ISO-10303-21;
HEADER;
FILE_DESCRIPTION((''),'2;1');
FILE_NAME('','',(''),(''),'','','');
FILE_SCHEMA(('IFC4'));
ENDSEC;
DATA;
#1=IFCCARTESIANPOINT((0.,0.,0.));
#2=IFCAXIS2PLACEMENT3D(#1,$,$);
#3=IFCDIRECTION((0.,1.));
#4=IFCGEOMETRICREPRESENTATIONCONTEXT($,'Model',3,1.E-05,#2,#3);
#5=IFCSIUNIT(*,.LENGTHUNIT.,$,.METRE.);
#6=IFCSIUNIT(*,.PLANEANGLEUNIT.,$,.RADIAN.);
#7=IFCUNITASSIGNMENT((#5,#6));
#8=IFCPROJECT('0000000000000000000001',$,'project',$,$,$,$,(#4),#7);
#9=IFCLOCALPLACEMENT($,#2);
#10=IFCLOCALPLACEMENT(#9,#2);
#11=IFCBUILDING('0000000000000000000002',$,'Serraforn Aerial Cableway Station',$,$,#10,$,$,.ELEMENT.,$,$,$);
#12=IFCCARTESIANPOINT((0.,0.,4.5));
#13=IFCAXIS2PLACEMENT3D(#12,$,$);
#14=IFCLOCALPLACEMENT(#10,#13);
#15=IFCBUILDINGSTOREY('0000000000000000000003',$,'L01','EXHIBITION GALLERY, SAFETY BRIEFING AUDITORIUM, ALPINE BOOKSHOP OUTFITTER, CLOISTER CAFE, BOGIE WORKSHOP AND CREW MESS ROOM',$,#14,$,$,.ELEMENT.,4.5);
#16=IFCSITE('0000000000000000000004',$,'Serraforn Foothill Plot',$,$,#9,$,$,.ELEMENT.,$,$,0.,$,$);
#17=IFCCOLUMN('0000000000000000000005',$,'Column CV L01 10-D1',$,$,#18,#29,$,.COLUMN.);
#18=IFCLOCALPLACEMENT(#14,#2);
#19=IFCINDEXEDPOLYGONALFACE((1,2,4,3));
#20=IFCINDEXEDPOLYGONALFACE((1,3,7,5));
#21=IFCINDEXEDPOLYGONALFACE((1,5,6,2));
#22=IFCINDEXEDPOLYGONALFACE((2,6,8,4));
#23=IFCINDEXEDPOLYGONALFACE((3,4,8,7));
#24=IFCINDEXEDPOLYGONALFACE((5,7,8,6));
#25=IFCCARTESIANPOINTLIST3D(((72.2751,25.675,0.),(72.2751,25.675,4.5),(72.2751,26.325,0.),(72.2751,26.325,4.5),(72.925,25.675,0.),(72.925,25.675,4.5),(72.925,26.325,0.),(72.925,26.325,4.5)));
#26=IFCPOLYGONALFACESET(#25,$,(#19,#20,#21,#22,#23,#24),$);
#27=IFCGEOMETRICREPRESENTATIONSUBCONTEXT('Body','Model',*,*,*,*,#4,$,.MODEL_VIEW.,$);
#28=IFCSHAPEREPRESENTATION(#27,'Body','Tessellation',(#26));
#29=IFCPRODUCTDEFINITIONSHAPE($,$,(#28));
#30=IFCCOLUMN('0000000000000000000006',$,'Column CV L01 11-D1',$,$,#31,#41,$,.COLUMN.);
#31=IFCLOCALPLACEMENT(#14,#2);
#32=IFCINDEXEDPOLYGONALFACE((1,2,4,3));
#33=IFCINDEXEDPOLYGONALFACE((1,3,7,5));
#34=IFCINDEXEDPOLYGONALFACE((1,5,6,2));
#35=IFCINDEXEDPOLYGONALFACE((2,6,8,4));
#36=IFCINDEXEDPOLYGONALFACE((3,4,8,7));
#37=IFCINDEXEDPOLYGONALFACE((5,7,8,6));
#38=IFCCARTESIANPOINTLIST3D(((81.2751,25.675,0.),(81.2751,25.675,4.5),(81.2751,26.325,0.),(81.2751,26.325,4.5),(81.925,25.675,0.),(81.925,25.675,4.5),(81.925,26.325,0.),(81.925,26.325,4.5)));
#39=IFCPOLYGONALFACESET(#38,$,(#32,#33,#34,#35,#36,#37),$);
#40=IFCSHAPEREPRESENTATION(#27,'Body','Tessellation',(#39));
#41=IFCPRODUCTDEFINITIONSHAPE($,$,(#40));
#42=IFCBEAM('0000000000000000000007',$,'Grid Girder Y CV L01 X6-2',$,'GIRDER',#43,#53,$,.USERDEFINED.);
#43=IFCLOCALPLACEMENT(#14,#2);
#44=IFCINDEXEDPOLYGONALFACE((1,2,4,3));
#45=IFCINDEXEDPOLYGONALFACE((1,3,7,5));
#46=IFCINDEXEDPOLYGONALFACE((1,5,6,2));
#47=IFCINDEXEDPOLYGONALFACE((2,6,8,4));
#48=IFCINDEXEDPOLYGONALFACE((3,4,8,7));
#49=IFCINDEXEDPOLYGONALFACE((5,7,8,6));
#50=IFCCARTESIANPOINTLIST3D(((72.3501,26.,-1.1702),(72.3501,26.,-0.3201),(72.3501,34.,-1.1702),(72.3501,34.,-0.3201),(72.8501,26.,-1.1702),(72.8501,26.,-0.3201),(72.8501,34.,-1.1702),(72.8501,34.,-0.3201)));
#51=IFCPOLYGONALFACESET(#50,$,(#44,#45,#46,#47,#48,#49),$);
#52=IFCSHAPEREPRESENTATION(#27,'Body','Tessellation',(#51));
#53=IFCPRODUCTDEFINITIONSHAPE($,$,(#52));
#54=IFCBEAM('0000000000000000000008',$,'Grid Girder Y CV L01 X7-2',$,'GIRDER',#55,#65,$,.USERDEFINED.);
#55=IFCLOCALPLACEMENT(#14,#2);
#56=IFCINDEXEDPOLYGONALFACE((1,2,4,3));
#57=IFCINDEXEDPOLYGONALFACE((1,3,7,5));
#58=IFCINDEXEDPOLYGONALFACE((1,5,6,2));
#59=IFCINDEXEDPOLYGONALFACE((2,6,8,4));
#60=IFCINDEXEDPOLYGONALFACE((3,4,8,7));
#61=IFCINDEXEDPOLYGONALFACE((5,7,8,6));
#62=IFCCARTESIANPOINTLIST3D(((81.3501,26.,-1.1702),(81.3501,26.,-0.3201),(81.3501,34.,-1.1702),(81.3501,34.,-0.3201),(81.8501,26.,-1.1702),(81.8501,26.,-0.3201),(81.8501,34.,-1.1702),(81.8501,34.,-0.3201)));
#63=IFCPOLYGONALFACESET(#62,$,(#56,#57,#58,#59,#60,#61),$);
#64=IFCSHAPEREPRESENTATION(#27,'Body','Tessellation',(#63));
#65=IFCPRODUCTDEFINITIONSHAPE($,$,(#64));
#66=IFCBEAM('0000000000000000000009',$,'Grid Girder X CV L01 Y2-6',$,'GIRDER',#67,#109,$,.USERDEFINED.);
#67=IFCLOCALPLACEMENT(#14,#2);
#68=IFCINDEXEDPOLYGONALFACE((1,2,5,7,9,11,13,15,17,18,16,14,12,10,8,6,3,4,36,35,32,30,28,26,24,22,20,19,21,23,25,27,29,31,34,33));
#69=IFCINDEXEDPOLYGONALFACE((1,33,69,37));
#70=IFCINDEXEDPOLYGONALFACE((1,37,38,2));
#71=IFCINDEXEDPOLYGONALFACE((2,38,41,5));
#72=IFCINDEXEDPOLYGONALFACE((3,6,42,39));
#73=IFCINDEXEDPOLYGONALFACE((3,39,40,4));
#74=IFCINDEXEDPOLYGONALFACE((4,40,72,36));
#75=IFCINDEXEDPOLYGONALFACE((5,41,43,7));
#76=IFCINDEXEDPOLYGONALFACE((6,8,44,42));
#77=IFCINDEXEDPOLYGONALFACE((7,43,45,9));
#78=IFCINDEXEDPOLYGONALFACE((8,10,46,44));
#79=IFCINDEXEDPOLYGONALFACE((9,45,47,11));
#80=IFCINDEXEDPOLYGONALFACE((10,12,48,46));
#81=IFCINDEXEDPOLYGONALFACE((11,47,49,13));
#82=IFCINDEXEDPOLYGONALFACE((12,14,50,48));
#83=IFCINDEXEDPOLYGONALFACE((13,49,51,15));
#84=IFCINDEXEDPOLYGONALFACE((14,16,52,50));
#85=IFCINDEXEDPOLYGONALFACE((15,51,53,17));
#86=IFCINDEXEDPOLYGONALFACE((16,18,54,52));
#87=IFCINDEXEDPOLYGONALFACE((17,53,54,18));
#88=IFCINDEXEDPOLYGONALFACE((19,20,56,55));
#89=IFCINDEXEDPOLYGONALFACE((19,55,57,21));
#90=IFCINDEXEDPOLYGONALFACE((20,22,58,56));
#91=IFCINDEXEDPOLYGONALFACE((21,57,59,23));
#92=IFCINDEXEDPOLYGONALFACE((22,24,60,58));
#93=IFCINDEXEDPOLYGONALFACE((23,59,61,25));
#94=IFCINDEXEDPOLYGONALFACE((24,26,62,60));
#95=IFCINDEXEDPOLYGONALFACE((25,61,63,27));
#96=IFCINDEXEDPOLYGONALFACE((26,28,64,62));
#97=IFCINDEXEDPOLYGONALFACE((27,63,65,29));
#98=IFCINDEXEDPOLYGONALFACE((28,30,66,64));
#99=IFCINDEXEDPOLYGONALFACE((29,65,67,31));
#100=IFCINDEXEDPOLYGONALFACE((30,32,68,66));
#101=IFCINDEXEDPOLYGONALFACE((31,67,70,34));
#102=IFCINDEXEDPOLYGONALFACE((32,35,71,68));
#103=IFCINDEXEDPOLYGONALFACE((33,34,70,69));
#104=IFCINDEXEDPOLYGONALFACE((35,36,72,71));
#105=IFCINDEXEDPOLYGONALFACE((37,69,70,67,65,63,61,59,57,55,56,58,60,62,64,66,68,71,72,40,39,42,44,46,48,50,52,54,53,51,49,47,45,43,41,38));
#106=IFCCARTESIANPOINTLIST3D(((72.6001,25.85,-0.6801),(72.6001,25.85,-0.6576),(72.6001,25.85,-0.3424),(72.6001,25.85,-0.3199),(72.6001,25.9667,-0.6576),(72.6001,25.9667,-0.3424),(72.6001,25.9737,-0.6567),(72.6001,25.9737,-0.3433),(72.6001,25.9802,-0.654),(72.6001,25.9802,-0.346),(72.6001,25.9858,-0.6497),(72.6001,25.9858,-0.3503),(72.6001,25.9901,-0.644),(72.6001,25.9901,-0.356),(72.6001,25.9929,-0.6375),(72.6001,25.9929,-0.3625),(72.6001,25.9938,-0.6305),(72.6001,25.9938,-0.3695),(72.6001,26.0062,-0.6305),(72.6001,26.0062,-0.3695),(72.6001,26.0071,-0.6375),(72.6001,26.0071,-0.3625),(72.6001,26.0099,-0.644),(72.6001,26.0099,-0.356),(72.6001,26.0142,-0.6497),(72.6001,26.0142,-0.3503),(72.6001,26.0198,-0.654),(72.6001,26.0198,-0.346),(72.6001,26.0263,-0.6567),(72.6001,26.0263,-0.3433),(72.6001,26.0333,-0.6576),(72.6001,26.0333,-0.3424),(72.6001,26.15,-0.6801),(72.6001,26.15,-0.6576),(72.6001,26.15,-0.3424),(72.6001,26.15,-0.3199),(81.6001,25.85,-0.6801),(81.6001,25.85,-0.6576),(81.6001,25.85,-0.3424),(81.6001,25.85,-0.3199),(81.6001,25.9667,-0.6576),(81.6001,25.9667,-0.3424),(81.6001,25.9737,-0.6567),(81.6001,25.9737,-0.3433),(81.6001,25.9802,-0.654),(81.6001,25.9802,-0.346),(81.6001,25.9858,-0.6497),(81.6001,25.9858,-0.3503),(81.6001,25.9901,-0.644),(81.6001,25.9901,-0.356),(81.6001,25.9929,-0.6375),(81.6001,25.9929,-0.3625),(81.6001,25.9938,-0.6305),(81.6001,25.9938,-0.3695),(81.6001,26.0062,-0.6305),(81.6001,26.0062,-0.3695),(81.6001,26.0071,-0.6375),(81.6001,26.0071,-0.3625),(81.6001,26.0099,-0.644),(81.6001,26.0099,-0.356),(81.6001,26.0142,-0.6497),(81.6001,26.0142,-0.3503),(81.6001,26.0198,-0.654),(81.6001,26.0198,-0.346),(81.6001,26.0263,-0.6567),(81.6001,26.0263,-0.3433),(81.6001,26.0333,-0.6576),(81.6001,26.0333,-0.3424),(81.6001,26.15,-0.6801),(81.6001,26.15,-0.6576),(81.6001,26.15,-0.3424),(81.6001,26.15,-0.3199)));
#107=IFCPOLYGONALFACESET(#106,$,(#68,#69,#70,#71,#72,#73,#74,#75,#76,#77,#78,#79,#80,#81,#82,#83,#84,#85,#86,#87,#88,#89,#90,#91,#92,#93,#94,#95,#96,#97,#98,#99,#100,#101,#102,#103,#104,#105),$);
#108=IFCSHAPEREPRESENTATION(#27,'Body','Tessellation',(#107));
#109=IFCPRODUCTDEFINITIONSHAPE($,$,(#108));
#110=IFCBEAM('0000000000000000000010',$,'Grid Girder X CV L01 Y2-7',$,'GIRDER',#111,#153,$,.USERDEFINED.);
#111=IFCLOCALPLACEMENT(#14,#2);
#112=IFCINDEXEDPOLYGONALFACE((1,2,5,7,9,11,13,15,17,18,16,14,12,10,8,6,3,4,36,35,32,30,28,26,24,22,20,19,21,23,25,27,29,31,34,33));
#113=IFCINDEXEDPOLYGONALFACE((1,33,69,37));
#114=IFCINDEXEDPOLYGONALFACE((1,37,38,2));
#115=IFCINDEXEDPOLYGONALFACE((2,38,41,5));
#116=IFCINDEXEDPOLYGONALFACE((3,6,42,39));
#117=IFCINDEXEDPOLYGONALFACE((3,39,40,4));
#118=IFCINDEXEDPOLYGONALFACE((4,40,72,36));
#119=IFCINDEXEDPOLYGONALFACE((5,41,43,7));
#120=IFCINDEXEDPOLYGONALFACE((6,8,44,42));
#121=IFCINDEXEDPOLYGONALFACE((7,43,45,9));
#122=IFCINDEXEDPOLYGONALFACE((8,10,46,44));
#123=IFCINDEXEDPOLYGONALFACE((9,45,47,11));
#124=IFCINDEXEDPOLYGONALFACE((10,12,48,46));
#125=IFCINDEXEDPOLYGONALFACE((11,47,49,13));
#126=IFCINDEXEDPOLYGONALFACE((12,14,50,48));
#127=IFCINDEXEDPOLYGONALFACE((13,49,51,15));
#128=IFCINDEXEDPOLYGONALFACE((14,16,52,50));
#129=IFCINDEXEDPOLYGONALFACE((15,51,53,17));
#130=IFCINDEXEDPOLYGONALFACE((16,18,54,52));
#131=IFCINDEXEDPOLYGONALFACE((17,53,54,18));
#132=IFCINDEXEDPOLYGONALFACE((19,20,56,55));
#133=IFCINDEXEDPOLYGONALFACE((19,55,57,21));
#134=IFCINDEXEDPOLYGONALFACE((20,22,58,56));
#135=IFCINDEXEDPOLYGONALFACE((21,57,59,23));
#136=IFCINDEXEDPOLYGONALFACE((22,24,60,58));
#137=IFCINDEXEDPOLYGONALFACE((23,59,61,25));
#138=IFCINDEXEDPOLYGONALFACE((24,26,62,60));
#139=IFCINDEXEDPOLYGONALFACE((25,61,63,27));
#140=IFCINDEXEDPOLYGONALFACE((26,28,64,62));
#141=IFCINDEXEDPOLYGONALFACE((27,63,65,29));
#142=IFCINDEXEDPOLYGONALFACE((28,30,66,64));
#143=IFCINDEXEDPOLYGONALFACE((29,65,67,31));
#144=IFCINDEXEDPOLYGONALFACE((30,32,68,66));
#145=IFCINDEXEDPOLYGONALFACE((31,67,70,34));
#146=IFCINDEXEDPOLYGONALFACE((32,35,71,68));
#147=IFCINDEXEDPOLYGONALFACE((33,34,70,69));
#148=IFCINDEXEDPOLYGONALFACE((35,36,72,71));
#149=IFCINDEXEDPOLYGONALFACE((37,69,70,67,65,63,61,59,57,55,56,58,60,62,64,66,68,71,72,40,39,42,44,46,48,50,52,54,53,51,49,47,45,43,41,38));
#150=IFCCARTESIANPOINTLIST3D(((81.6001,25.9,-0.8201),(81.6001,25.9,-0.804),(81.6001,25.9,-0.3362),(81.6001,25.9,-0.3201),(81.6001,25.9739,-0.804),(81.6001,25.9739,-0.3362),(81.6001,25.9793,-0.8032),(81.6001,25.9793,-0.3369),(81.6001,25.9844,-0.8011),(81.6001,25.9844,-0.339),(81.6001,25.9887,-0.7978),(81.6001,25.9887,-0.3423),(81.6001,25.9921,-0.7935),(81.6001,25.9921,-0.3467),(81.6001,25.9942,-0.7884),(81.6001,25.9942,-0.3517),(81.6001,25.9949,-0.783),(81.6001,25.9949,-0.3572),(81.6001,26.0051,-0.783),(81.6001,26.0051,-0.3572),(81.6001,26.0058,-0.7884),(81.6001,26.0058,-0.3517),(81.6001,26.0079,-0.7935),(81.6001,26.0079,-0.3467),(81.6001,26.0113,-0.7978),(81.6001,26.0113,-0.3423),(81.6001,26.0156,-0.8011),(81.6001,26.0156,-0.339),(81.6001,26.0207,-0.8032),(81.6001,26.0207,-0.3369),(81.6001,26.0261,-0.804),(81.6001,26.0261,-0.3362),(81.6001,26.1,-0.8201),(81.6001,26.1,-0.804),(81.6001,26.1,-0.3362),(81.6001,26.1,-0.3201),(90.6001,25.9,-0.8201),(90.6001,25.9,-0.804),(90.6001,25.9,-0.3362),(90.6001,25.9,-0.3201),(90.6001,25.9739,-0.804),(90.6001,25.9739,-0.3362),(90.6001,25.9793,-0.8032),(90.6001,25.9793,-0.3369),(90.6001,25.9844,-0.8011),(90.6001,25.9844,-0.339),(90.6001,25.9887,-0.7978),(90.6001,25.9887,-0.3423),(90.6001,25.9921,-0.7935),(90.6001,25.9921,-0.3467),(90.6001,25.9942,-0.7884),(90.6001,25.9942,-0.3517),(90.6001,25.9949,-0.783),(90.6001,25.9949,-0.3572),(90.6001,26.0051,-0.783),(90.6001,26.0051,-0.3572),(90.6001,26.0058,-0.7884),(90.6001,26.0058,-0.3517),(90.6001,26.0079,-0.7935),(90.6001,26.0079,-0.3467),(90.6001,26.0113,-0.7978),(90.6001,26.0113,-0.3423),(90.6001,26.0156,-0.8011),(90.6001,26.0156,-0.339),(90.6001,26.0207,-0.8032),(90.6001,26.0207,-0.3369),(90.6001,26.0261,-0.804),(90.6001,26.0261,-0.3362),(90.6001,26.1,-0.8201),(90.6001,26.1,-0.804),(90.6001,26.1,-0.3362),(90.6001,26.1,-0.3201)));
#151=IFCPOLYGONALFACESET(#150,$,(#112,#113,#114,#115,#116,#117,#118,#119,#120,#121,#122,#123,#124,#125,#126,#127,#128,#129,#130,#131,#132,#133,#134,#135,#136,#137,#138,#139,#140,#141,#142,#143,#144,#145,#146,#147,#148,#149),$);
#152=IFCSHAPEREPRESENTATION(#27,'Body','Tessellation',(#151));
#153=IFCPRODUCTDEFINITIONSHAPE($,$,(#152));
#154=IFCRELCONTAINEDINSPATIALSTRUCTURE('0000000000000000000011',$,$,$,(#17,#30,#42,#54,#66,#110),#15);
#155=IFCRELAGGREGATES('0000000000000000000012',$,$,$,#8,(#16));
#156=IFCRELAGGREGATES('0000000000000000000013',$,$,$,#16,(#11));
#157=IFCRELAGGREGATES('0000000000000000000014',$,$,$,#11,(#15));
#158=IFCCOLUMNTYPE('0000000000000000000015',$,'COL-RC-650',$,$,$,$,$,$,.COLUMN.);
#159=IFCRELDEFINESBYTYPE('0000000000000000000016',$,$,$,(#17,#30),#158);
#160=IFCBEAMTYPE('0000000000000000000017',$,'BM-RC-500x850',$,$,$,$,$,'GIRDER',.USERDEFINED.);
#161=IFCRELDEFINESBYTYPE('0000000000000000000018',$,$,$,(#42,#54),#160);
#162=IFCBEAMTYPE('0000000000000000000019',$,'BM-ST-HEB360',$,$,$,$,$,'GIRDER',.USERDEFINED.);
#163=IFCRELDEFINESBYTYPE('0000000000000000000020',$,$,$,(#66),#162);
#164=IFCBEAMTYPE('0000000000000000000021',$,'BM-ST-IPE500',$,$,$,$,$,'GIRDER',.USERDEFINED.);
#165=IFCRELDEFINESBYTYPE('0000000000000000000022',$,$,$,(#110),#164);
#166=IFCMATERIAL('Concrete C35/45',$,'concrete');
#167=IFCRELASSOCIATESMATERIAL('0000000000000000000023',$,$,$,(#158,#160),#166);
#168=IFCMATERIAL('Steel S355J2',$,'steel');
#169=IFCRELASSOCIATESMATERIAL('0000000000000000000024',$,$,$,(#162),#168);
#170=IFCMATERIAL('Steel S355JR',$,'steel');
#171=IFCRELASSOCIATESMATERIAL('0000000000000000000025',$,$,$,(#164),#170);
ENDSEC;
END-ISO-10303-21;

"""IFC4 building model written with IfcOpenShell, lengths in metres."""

from ifc_helpers import new_model, si_unit, direction, frame, origin, origin_2d, place, context, subcontext, project, spatial, rectangle, i_section, extrude, material, material_profile, profile_set, type_object, element, save


model = new_model("IFC4")

# Units and contexts
model_context = context("Model", 3, precision=1e-05, world=origin(), true_north=direction((0.0, 1.0)))
body_context = subcontext(model_context, "Body", "Model", "MODEL_VIEW")
ifc_project = project(units=[si_unit("LENGTHUNIT", "METRE"), si_unit("PLANEANGLEUNIT", "RADIAN")], contexts=[model_context])

# Site, building, storey
site_placement = place(None, origin())
site = spatial("IfcSite", under=ifc_project, at=site_placement, Name="Serraforn Foothill Plot", CompositionType="ELEMENT", RefElevation=0.0)
building_placement = place(site_placement, origin())
building = spatial("IfcBuilding", under=site, at=building_placement, Name="Serraforn Aerial Cableway Station", CompositionType="ELEMENT")
storey_placement = place(building_placement, frame((0.0, 0.0, 4.5)))
storey = spatial("IfcBuildingStorey", under=building, at=storey_placement, Name="L01", Description="EXHIBITION GALLERY, SAFETY BRIEFING AUDITORIUM, ALPINE BOOKSHOP OUTFITTER, CLOISTER CAFE, BOGIE WORKSHOP AND CREW MESS ROOM", CompositionType="ELEMENT", Elevation=4.5)

# Columns
ifc_material_1 = material(Name="Concrete C35/45", Category="concrete")
ifc_material_profile_1 = material_profile(ifc_material_1, rectangle(XDim=0.6499, YDim=0.6499, at=origin_2d()), Name="RC 650x650")
ifc_profile_set_1 = profile_set([ifc_material_profile_1], Name="Concrete C35/45")
column_type = type_object("IfcColumnType", Name="COL-RC-650", PredefinedType="COLUMN", material=ifc_profile_set_1)
for number, where, z_axis, x_axis, name in (
    (1, (72.6001, 26.0, 0.0), (0.0, 0.0, 1.0), (1.0, 0.0, 0.0), "Column CV L01 10-D1"),
    (2, (81.6001, 26.0, 0.0), (0.0, 0.0, 1.0), (1.0, 0.0, 0.0), "Column CV L01 11-D1"),
):
    element("IfcColumn", number, at=place(storey_placement, frame(where, z_axis=z_axis, x_axis=x_axis)), inside=storey, type_object=column_type, Name=name, PredefinedType="COLUMN", context=body_context, shape_type="SweptSolid", body=[
        extrude(rectangle(XDim=0.6499, YDim=0.6499, at=origin_2d()), origin(), (0.0, 0.0, 1.0), 4.5),
    ])

# Beams
ifc_material_profile_2 = material_profile(ifc_material_1, rectangle(XDim=0.5, YDim=0.8501, at=origin_2d()), Name="RC 500x850")
ifc_profile_set_2 = profile_set([ifc_material_profile_2], Name="Concrete C35/45")
beam_type_1 = type_object("IfcBeamType", Name="BM-RC-500x850", ElementType="GIRDER", PredefinedType="USERDEFINED", material=ifc_profile_set_2)
for number, where, z_axis, x_axis, name in (
    (3, (72.6001, 26.0, -0.7451), (0.0, 1.0, 0.0), (-1.0, 0.0, 0.0), "Grid Girder Y CV L01 X6-2"),
    (4, (81.6001, 26.0, -0.7451), (0.0, 1.0, 0.0), (-1.0, 0.0, 0.0), "Grid Girder Y CV L01 X7-2"),
):
    element("IfcBeam", number, at=place(storey_placement, frame(where, z_axis=z_axis, x_axis=x_axis)), inside=storey, type_object=beam_type_1, Name=name, ObjectType="GIRDER", PredefinedType="USERDEFINED", context=body_context, shape_type="SweptSolid", body=[
        extrude(rectangle(XDim=0.5, YDim=0.8501, at=origin_2d()), origin(), (0.0, 0.0, 1.0), 8.0),
    ])
ifc_material_2 = material(Name="Steel S355J2", Category="steel")
ifc_material_profile_3 = material_profile(ifc_material_2, i_section(OverallWidth=0.3, OverallDepth=0.3601, WebThickness=0.0125, FlangeThickness=0.0225, FilletRadius=0.0271, at=origin_2d()), Name="HEB 360")
ifc_profile_set_3 = profile_set([ifc_material_profile_3], Name="Steel S355J2")
beam_type_2 = type_object("IfcBeamType", Name="BM-ST-HEB360", ElementType="GIRDER", PredefinedType="USERDEFINED", material=ifc_profile_set_3)
beam_1_placement = place(storey_placement, frame((72.6001, 26.0, -0.5), z_axis=(1.0, 0.0, 0.0), x_axis=(0.0, 1.0, 0.0)))
element("IfcBeam", 5, at=beam_1_placement, inside=storey, type_object=beam_type_2, Name="Grid Girder X CV L01 Y2-6", ObjectType="GIRDER", PredefinedType="USERDEFINED", context=body_context, shape_type="SweptSolid", body=[
    extrude(i_section(OverallWidth=0.3, OverallDepth=0.3601, WebThickness=0.0125, FlangeThickness=0.0225, FilletRadius=0.0271, at=origin_2d()), origin(), (0.0, 0.0, 1.0), 9.0),
])
ifc_material_3 = material(Name="Steel S355JR", Category="steel")
ifc_material_profile_4 = material_profile(ifc_material_3, i_section(OverallWidth=0.2, OverallDepth=0.5, WebThickness=0.0103, FlangeThickness=0.0161, FilletRadius=0.021, at=origin_2d()), Name="IPE 500")
ifc_profile_set_4 = profile_set([ifc_material_profile_4], Name="Steel S355JR")
beam_type_3 = type_object("IfcBeamType", Name="BM-ST-IPE500", ElementType="GIRDER", PredefinedType="USERDEFINED", material=ifc_profile_set_4)
beam_2_placement = place(storey_placement, frame((81.6001, 26.0, -0.5701), z_axis=(1.0, 0.0, 0.0), x_axis=(0.0, 1.0, 0.0)))
element("IfcBeam", 6, at=beam_2_placement, inside=storey, type_object=beam_type_3, Name="Grid Girder X CV L01 Y2-7", ObjectType="GIRDER", PredefinedType="USERDEFINED", context=body_context, shape_type="SweptSolid", body=[
    extrude(i_section(OverallWidth=0.2, OverallDepth=0.5, WebThickness=0.0103, FlangeThickness=0.0161, FilletRadius=0.021, at=origin_2d()), origin(), (0.0, 0.0, 1.0), 9.0),
])

save(model, "model.ifc")
